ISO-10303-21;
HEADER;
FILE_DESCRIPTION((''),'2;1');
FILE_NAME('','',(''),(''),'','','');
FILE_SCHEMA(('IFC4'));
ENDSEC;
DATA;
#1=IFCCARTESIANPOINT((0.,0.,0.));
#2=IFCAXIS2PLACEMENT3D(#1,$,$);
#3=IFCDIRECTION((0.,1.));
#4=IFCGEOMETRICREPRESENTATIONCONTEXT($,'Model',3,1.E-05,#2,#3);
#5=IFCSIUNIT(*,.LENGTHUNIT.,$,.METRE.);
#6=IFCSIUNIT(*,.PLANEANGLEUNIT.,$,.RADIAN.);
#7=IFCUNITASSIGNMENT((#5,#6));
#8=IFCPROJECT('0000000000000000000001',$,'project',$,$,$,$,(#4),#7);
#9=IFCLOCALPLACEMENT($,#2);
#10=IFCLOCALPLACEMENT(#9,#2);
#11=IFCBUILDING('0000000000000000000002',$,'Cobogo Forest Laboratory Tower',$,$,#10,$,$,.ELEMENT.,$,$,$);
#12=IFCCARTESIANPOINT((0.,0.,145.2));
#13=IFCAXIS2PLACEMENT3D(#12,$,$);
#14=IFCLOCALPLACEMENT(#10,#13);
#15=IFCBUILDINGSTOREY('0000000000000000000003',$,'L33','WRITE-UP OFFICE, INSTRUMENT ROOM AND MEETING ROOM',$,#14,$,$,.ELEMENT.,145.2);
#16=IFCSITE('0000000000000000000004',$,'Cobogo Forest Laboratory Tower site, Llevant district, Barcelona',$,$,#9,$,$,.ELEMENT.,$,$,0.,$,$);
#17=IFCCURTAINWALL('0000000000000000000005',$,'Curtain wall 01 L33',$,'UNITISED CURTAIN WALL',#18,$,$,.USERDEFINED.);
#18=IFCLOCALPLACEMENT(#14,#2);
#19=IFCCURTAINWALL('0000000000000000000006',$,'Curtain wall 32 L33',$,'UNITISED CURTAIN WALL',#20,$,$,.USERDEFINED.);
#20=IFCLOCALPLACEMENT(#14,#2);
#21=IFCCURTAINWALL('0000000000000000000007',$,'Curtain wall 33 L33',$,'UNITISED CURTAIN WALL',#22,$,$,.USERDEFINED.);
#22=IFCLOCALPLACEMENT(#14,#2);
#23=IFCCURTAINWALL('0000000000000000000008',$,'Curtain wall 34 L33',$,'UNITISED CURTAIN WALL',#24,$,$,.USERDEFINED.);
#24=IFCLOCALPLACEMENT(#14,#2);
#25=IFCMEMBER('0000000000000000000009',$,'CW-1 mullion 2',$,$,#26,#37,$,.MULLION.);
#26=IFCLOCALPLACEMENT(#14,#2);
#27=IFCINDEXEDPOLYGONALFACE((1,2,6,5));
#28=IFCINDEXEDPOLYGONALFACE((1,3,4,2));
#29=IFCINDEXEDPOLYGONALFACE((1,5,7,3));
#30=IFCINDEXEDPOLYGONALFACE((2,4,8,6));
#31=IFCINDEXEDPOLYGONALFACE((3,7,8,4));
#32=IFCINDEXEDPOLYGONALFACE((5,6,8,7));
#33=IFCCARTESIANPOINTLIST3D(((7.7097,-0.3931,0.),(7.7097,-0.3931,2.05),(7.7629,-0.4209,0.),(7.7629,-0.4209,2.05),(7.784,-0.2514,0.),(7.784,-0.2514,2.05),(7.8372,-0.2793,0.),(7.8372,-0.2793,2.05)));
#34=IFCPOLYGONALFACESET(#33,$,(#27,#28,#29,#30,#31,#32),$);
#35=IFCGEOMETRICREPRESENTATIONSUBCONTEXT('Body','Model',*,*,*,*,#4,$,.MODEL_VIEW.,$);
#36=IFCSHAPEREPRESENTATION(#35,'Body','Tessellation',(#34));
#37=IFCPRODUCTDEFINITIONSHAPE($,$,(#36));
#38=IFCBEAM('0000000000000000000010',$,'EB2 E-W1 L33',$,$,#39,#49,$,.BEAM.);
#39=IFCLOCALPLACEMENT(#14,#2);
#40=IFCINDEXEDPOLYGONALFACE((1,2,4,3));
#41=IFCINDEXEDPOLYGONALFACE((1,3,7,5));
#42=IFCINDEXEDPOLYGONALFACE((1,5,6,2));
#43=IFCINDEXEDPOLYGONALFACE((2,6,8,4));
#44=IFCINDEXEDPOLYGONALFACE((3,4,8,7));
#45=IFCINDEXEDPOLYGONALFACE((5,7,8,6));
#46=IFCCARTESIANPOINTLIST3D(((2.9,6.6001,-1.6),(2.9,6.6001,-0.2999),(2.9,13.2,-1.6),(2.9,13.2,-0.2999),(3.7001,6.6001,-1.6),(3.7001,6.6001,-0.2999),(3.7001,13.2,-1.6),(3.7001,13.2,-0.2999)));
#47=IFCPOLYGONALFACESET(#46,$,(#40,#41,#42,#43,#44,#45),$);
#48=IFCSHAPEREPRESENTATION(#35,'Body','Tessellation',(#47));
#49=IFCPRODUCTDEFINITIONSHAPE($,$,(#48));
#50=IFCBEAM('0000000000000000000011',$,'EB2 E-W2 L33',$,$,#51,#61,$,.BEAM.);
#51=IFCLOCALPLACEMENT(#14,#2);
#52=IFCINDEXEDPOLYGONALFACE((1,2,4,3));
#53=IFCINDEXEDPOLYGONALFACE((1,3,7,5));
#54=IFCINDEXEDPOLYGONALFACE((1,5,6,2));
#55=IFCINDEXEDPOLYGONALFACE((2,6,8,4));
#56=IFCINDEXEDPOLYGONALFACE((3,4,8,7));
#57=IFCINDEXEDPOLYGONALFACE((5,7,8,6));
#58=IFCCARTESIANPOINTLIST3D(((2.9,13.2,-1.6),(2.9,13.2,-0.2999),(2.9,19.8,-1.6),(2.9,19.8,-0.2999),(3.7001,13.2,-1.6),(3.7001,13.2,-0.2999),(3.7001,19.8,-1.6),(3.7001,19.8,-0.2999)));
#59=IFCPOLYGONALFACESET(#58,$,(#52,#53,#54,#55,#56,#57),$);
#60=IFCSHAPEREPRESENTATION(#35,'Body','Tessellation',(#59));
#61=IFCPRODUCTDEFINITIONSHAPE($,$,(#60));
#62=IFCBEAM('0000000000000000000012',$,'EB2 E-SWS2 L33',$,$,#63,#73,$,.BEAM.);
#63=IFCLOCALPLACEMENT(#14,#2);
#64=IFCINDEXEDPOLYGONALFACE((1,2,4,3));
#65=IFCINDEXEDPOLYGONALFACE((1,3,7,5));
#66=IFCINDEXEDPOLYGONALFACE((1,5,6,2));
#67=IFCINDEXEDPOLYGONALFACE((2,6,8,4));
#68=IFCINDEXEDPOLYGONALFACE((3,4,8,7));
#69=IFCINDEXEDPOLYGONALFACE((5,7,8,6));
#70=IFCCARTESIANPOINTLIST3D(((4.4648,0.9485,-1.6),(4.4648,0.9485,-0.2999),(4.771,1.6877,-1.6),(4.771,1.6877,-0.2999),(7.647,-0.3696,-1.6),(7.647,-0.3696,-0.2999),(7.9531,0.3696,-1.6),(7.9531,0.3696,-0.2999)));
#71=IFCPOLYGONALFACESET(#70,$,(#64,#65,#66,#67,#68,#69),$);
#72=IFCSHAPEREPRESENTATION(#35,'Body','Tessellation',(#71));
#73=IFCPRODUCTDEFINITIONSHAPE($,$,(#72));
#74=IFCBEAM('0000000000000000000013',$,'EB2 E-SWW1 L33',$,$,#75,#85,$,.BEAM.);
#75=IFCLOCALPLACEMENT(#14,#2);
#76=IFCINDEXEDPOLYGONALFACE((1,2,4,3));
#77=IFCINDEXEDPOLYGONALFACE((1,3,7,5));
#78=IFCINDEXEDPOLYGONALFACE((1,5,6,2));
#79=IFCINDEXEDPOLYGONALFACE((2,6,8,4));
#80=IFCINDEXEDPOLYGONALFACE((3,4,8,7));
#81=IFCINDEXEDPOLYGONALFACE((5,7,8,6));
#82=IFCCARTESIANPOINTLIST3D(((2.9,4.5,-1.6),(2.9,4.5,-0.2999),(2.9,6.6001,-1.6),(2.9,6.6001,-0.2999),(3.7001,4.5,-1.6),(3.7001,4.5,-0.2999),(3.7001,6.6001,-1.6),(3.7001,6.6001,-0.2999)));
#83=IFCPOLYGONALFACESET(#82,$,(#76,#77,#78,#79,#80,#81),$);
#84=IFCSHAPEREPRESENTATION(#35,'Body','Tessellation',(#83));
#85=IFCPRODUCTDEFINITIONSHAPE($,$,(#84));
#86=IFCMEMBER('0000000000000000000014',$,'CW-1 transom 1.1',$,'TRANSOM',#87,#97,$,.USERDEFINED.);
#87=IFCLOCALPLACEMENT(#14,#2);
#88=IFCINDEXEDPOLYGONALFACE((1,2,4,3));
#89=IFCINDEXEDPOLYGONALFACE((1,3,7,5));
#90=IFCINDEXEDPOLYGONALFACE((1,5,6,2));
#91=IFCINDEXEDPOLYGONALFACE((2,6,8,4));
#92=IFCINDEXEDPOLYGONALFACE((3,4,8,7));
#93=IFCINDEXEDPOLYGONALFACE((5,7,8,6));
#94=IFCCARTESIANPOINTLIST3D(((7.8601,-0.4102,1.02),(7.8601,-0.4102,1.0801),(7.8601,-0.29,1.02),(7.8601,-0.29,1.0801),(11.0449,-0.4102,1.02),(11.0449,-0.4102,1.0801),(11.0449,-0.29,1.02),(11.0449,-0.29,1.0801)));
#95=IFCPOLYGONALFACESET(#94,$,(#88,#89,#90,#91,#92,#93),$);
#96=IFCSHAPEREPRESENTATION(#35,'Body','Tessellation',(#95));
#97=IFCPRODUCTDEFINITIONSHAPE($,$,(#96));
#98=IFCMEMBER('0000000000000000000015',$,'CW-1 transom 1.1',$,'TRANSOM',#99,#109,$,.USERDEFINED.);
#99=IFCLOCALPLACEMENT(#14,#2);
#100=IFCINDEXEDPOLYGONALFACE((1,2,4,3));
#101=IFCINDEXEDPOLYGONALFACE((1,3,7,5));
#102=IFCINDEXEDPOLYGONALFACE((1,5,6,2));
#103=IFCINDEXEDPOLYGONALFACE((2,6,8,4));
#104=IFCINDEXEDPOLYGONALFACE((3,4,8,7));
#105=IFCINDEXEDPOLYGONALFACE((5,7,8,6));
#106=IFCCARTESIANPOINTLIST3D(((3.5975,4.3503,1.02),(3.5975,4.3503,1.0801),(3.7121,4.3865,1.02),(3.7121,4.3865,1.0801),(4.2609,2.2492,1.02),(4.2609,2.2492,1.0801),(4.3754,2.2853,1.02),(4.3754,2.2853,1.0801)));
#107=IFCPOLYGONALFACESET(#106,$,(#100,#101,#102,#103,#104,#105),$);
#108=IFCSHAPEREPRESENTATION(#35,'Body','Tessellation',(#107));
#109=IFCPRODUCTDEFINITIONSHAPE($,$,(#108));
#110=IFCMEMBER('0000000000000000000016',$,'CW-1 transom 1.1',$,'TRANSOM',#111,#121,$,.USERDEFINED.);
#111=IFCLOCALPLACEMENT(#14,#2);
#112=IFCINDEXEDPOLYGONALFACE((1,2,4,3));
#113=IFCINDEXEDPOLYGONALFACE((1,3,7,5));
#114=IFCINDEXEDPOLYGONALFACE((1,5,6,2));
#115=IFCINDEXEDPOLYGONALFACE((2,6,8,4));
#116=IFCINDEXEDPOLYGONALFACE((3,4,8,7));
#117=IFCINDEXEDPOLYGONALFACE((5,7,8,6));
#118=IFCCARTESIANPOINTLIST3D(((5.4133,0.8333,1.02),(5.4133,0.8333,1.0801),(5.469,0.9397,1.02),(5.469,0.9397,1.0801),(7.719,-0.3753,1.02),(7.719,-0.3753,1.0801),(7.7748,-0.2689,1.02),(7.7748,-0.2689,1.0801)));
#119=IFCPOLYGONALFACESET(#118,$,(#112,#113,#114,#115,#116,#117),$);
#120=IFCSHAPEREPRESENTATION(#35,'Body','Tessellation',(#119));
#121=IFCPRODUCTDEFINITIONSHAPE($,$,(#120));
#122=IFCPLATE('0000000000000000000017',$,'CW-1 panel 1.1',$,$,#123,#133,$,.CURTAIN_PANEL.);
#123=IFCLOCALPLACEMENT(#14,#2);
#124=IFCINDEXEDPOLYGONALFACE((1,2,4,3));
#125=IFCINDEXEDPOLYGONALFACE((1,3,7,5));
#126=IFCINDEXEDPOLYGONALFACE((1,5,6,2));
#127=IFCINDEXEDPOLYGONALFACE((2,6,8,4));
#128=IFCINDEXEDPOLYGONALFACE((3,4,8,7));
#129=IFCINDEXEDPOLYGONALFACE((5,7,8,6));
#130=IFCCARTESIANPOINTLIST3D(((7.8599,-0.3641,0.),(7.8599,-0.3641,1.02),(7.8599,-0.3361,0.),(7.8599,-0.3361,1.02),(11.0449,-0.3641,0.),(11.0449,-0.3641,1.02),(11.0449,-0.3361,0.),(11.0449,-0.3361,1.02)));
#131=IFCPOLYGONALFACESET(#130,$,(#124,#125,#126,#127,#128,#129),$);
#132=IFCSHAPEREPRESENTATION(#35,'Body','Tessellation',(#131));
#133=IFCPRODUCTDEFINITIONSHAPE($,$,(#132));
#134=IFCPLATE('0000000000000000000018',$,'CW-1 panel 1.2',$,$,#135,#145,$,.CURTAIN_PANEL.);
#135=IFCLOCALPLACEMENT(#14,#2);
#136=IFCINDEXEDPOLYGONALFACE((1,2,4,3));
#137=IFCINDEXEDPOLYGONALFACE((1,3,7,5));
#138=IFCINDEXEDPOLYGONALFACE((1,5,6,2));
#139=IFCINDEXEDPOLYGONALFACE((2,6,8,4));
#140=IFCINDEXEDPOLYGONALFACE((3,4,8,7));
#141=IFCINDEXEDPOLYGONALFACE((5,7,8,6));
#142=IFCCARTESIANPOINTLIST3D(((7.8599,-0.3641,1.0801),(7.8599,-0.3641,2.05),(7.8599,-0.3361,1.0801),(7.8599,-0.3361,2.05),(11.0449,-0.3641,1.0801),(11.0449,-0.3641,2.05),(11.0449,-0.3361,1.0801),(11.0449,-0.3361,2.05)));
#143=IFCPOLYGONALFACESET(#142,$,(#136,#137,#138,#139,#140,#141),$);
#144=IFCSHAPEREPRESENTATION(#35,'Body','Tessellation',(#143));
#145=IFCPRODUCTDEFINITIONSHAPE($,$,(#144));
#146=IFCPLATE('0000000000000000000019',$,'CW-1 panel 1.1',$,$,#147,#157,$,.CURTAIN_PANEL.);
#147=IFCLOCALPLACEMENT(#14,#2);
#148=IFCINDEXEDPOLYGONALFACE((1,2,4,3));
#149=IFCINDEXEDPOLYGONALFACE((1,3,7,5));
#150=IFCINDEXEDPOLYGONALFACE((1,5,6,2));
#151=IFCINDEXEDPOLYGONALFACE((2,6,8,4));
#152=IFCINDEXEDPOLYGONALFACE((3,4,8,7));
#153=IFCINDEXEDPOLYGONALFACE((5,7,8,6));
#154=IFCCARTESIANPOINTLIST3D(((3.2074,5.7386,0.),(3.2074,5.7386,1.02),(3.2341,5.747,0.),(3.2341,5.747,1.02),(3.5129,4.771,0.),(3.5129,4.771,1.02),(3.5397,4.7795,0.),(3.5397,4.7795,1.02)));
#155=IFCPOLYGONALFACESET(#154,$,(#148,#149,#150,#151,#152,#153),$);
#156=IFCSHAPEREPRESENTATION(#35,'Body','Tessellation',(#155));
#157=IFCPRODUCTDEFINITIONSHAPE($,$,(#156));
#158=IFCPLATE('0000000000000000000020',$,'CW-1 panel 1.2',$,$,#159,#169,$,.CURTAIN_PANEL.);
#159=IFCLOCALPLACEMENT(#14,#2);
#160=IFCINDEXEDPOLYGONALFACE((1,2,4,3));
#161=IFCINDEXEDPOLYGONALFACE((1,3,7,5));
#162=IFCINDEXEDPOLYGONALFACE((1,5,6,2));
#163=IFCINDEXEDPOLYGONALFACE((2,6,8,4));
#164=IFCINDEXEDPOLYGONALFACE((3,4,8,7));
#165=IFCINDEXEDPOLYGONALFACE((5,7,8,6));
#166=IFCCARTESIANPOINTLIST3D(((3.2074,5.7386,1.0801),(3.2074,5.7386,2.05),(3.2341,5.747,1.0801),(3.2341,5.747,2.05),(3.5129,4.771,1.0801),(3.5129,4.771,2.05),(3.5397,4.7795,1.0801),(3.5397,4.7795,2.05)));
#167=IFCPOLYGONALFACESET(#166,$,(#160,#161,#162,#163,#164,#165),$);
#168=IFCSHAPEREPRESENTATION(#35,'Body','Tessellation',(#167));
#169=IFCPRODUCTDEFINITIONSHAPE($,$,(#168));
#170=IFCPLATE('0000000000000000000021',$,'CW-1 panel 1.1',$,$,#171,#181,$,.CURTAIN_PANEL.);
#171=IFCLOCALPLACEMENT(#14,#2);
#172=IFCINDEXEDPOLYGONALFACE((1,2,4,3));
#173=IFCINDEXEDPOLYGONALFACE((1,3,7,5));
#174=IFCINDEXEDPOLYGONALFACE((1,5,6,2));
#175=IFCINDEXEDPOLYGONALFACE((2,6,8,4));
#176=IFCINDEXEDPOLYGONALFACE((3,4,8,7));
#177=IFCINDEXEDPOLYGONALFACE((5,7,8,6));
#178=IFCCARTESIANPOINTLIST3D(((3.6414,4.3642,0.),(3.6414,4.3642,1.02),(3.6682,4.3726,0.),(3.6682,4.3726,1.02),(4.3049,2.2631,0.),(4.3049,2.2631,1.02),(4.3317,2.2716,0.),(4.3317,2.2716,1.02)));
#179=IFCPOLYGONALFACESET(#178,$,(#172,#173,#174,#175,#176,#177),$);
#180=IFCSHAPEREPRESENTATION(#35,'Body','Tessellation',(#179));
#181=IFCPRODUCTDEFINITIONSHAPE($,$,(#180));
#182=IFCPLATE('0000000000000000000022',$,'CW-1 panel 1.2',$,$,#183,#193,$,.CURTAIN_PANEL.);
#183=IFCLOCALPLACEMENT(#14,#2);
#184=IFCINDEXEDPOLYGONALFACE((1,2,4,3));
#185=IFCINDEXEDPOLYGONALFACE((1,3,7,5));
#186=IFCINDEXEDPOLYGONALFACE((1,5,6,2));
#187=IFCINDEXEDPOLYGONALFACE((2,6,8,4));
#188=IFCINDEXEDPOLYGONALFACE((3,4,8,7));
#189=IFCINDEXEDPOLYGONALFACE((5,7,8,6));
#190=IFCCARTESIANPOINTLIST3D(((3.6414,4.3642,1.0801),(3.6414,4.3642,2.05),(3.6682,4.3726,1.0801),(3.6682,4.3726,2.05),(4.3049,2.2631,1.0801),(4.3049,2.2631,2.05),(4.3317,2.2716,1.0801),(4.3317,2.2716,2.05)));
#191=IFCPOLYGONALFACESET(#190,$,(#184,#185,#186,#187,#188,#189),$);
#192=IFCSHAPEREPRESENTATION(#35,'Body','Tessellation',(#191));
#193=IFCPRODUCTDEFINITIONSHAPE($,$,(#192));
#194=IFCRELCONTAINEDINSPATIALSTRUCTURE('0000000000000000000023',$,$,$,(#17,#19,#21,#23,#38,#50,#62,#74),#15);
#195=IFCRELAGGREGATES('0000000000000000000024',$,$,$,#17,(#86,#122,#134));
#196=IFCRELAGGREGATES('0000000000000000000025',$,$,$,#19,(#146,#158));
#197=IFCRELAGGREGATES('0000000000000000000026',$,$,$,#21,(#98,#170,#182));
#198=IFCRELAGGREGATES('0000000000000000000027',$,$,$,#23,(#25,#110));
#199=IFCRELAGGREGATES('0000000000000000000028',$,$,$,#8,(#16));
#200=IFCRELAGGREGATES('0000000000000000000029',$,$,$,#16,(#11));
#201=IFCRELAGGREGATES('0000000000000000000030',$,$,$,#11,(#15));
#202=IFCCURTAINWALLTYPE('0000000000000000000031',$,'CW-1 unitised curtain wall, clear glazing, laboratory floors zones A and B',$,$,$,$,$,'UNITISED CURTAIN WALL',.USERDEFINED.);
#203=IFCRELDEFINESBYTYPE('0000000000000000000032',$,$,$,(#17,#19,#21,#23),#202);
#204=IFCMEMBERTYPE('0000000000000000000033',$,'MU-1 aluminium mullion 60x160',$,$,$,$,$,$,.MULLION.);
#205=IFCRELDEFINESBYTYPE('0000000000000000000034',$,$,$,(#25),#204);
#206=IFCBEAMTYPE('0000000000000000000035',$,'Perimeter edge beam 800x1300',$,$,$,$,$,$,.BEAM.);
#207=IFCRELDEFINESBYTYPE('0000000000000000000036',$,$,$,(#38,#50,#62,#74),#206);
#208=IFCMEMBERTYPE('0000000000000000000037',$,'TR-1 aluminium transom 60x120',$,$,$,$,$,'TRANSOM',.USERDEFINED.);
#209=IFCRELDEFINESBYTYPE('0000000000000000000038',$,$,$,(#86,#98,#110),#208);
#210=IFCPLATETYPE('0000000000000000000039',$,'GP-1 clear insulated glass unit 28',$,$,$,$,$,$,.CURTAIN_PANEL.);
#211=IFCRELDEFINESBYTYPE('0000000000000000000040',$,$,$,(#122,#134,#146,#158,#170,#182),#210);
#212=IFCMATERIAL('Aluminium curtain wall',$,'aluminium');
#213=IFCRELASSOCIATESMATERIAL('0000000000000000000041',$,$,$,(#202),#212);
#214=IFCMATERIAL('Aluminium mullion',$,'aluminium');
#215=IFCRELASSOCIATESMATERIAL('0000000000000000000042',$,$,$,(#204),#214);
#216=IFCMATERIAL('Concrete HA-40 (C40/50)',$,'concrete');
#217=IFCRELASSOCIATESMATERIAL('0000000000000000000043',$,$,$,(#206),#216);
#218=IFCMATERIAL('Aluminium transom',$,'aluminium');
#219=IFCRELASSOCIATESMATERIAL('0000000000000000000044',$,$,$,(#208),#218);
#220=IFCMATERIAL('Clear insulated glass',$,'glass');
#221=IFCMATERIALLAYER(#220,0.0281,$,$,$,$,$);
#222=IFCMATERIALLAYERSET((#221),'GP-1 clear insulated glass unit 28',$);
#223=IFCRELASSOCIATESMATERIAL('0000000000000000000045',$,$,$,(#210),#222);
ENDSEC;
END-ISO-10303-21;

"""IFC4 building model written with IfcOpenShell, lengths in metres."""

from ifc_helpers import new_model, si_unit, direction, frame, origin, origin_2d, place, context, subcontext, project, spatial, rectangle, extrude, material, layer, layer_set, material_profile, profile_set, type_object, element, aggregate, save


model = new_model("IFC4")

# Units and contexts
model_context = context("Model", 3, precision=1e-05, world=origin(), true_north=direction((0.0, 1.0)))
body_context = subcontext(model_context, "Body", "Model", "MODEL_VIEW")
ifc_project = project(units=[si_unit("LENGTHUNIT", "METRE"), si_unit("PLANEANGLEUNIT", "RADIAN")], contexts=[model_context])

# Site, building, storey
site_placement = place(None, origin())
site = spatial("IfcSite", under=ifc_project, at=site_placement, Name="Cobogo Forest Laboratory Tower site, Llevant district, Barcelona", CompositionType="ELEMENT", RefElevation=0.0)
building_placement = place(site_placement, origin())
building = spatial("IfcBuilding", under=site, at=building_placement, Name="Cobogo Forest Laboratory Tower", CompositionType="ELEMENT")
storey_placement = place(building_placement, frame((0.0, 0.0, 145.2)))
storey = spatial("IfcBuildingStorey", under=building, at=storey_placement, Name="L33", Description="WRITE-UP OFFICE, INSTRUMENT ROOM AND MEETING ROOM", CompositionType="ELEMENT", Elevation=145.2)

# Curtain walls
ifc_material_1 = material(Name="Aluminium curtain wall", Category="aluminium")
curtain_wall_type = type_object("IfcCurtainWallType", Name="CW-1 unitised curtain wall, clear glazing, laboratory floors zones A and B", ElementType="UNITISED CURTAIN WALL", PredefinedType="USERDEFINED", material=ifc_material_1)
curtain_wall_1_placement = place(storey_placement, origin())
curtain_wall_1 = element("IfcCurtainWall", 1, at=curtain_wall_1_placement, inside=storey, type_object=curtain_wall_type, Name="Curtain wall 01 L33", ObjectType="UNITISED CURTAIN WALL", PredefinedType="USERDEFINED")
ifc_material_2 = material(Name="Aluminium mullion", Category="aluminium")
ifc_material_profile_1 = material_profile(ifc_material_2, rectangle(XDim=0.0601, YDim=0.1599, at=origin_2d()), Name="AL 60x160")
ifc_profile_set_1 = profile_set([ifc_material_profile_1], Name="Aluminium mullion")
member_type_1 = type_object("IfcMemberType", Name="MU-1 aluminium mullion 60x160", PredefinedType="MULLION", material=ifc_profile_set_1)
curtain_wall_2_placement = place(storey_placement, origin())
curtain_wall_2 = element("IfcCurtainWall", 2, at=curtain_wall_2_placement, inside=storey, type_object=curtain_wall_type, Name="Curtain wall 32 L33", ObjectType="UNITISED CURTAIN WALL", PredefinedType="USERDEFINED")

# Curtain walls, member
curtain_wall_3_placement = place(storey_placement, origin())
curtain_wall_3 = element("IfcCurtainWall", 3, at=curtain_wall_3_placement, inside=storey, type_object=curtain_wall_type, Name="Curtain wall 33 L33", ObjectType="UNITISED CURTAIN WALL", PredefinedType="USERDEFINED")
curtain_wall_4_placement = place(storey_placement, origin())
curtain_wall_4 = element("IfcCurtainWall", 4, at=curtain_wall_4_placement, inside=storey, type_object=curtain_wall_type, Name="Curtain wall 34 L33", ObjectType="UNITISED CURTAIN WALL", PredefinedType="USERDEFINED")
member_1_placement = place(storey_placement, frame((7.7734, -0.3362, 0.0), z_axis=(0.0, 0.0, 1.0), x_axis=(0.885687, -0.464284, 0.0)))
member_1 = element("IfcMember", 5, at=member_1_placement, type_object=member_type_1, Name="CW-1 mullion 2", PredefinedType="MULLION", context=body_context, shape_type="SweptSolid", body=[
    extrude(rectangle(XDim=0.0601, YDim=0.1599, at=origin_2d()), origin(), (0.0, 0.0, 1.0), 2.05),
])

# Beams
ifc_material_3 = material(Name="Concrete HA-40 (C40/50)", Category="concrete")
ifc_material_profile_2 = material_profile(ifc_material_3, rectangle(XDim=0.8, YDim=1.3, at=origin_2d()), Name="RC 800x1300")
ifc_profile_set_2 = profile_set([ifc_material_profile_2], Name="Concrete HA-40 (C40/50)")
beam_type_1 = type_object("IfcBeamType", Name="Perimeter edge beam 800x1300", PredefinedType="BEAM", material=ifc_profile_set_2)
beam_1_placement = place(storey_placement, frame((3.3, 6.6001, -0.95), z_axis=(0.0, 1.0, 0.0), x_axis=(-1.0, 0.0, 0.0)))
element("IfcBeam", 6, at=beam_1_placement, inside=storey, type_object=beam_type_1, Name="EB2 E-W1 L33", PredefinedType="BEAM", context=body_context, shape_type="SweptSolid", body=[
    extrude(rectangle(XDim=0.8, YDim=1.3, at=origin_2d()), origin(), (0.0, 0.0, 1.0), 6.5999),
])
beam_2_placement = place(storey_placement, frame((3.3, 13.2, -0.95), z_axis=(0.0, 1.0, 0.0), x_axis=(-1.0, 0.0, 0.0)))
element("IfcBeam", 7, at=beam_2_placement, inside=storey, type_object=beam_type_1, Name="EB2 E-W2 L33", PredefinedType="BEAM", context=body_context, shape_type="SweptSolid", body=[
    extrude(rectangle(XDim=0.8, YDim=1.3, at=origin_2d()), origin(), (0.0, 0.0, 1.0), 6.6001),
])
beam_3_placement = place(storey_placement, frame((7.8, 0.0, -0.95), z_axis=(-0.923876, 0.382692, 0.0), x_axis=(-0.382692, -0.923876, 0.0)))
element("IfcBeam", 8, at=beam_3_placement, inside=storey, type_object=beam_type_1, Name="EB2 E-SWS2 L33", PredefinedType="BEAM", context=body_context, shape_type="SweptSolid", body=[
    extrude(rectangle(XDim=0.8, YDim=1.3, at=origin_2d()), origin(), (0.0, 0.0, 1.0), 3.4443),
])
beam_4_placement = place(storey_placement, frame((3.3, 6.6001, -0.95), z_axis=(0.0, -1.0, 0.0), x_axis=(1.0, 0.0, 0.0)))
element("IfcBeam", 9, at=beam_4_placement, inside=storey, type_object=beam_type_1, Name="EB2 E-SWW1 L33", PredefinedType="BEAM", context=body_context, shape_type="SweptSolid", body=[
    extrude(rectangle(XDim=0.8, YDim=1.3, at=origin_2d()), origin(), (0.0, 0.0, 1.0), 2.1001),
])

# Members
ifc_material_4 = material(Name="Aluminium transom", Category="aluminium")
ifc_material_profile_3 = material_profile(ifc_material_4, rectangle(XDim=0.1201, YDim=0.0601, at=origin_2d()), Name="AL 60x120")
ifc_profile_set_3 = profile_set([ifc_material_profile_3], Name="Aluminium transom")
member_type_2 = type_object("IfcMemberType", Name="TR-1 aluminium transom 60x120", ElementType="TRANSOM", PredefinedType="USERDEFINED", material=ifc_profile_set_3)
member_2_placement = place(storey_placement, frame((7.8601, -0.3501, 1.05), z_axis=(1.0, 0.0, 0.0), x_axis=(0.0, 1.0, 0.0)))
member_2 = element("IfcMember", 10, at=member_2_placement, type_object=member_type_2, Name="CW-1 transom 1.1", ObjectType="TRANSOM", PredefinedType="USERDEFINED", context=body_context, shape_type="SweptSolid", body=[
    extrude(rectangle(XDim=0.1201, YDim=0.0601, at=origin_2d()), origin(), (0.0, 0.0, 1.0), 3.1848),
])
member_3_placement = place(storey_placement, frame((3.6548, 4.3684, 1.05), z_axis=(0.301062, -0.953604, 0.0), x_axis=(0.953604, 0.301062, 0.0)))
member_3 = element("IfcMember", 11, at=member_3_placement, type_object=member_type_2, Name="CW-1 transom 1.1", ObjectType="TRANSOM", PredefinedType="USERDEFINED", context=body_context, shape_type="SweptSolid", body=[
    extrude(rectangle(XDim=0.1201, YDim=0.0601, at=origin_2d()), origin(), (0.0, 0.0, 1.0), 2.2034),
])
member_4_placement = place(storey_placement, frame((5.4412, 0.8865, 1.05), z_axis=(0.88571, -0.464238, 0.0), x_axis=(0.464238, 0.88571, 0.0)))
member_4 = element("IfcMember", 12, at=member_4_placement, type_object=member_type_2, Name="CW-1 transom 1.1", ObjectType="TRANSOM", PredefinedType="USERDEFINED", context=body_context, shape_type="SweptSolid", body=[
    extrude(rectangle(XDim=0.1201, YDim=0.0601, at=origin_2d()), origin(), (0.0, 0.0, 1.0), 2.6033),
])

# Plates
ifc_material_5 = material(Name="Clear insulated glass", Category="glass")
ifc_layer_1 = layer(ifc_material_5, 0.0281)
ifc_layer_set_1 = layer_set([ifc_layer_1], Name="GP-1 clear insulated glass unit 28")
plate_type = type_object("IfcPlateType", Name="GP-1 clear insulated glass unit 28", PredefinedType="CURTAIN_PANEL", material=ifc_layer_set_1)
plate_1_placement = place(storey_placement, frame((9.4524, -0.3501, 0.0), z_axis=(0.0, 0.0, 1.0), x_axis=(1.0, 0.0, 0.0)))
plate_1 = element("IfcPlate", 13, at=plate_1_placement, type_object=plate_type, Name="CW-1 panel 1.1", PredefinedType="CURTAIN_PANEL", context=body_context, shape_type="SweptSolid", body=[
    extrude(rectangle(XDim=3.1851, YDim=0.0281, at=origin_2d()), origin(), (0.0, 0.0, 1.0), 1.02),
])
plate_2_placement = place(storey_placement, frame((9.4524, -0.3501, 1.0801), z_axis=(0.0, 0.0, 1.0), x_axis=(1.0, 0.0, 0.0)))
plate_2 = element("IfcPlate", 14, at=plate_2_placement, type_object=plate_type, Name="CW-1 panel 1.2", PredefinedType="CURTAIN_PANEL", context=body_context, shape_type="SweptSolid", body=[
    extrude(rectangle(XDim=3.1851, YDim=0.0281, at=origin_2d()), origin(), (0.0, 0.0, 1.0), 0.97),
])
aggregate(curtain_wall_1, [member_2, plate_1, plate_2])
plate_3_placement = place(storey_placement, frame((3.3735, 5.259, 0.0), z_axis=(0.0, 0.0, 1.0), x_axis=(0.301136, -0.953581, 0.0)))
plate_3 = element("IfcPlate", 15, at=plate_3_placement, type_object=plate_type, Name="CW-1 panel 1.1", PredefinedType="CURTAIN_PANEL", context=body_context, shape_type="SweptSolid", body=[
    extrude(rectangle(XDim=1.0146, YDim=0.0281, at=origin_2d()), origin(), (0.0, 0.0, 1.0), 1.02),
])
plate_4_placement = place(storey_placement, frame((3.3735, 5.259, 1.0801), z_axis=(0.0, 0.0, 1.0), x_axis=(0.301136, -0.953581, 0.0)))
plate_4 = element("IfcPlate", 16, at=plate_4_placement, type_object=plate_type, Name="CW-1 panel 1.2", PredefinedType="CURTAIN_PANEL", context=body_context, shape_type="SweptSolid", body=[
    extrude(rectangle(XDim=1.0146, YDim=0.0281, at=origin_2d()), origin(), (0.0, 0.0, 1.0), 0.97),
])
aggregate(curtain_wall_2, [plate_3, plate_4])
plate_5_placement = place(storey_placement, frame((3.9866, 3.3179, 0.0), z_axis=(0.0, 0.0, 1.0), x_axis=(0.301135, -0.953581, 0.0)))
plate_5 = element("IfcPlate", 17, at=plate_5_placement, type_object=plate_type, Name="CW-1 panel 1.1", PredefinedType="CURTAIN_PANEL", context=body_context, shape_type="SweptSolid", body=[
    extrude(rectangle(XDim=2.2034, YDim=0.0281, at=origin_2d()), origin(), (0.0, 0.0, 1.0), 1.02),
])
plate_6_placement = place(storey_placement, frame((3.9866, 3.3179, 1.0801), z_axis=(0.0, 0.0, 1.0), x_axis=(0.301135, -0.953581, 0.0)))
plate_6 = element("IfcPlate", 18, at=plate_6_placement, type_object=plate_type, Name="CW-1 panel 1.2", PredefinedType="CURTAIN_PANEL", context=body_context, shape_type="SweptSolid", body=[
    extrude(rectangle(XDim=2.2034, YDim=0.0281, at=origin_2d()), origin(), (0.0, 0.0, 1.0), 0.97),
])
aggregate(curtain_wall_3, [member_3, plate_5, plate_6])
aggregate(curtain_wall_4, [member_1, member_4])

save(model, "model.ifc")
